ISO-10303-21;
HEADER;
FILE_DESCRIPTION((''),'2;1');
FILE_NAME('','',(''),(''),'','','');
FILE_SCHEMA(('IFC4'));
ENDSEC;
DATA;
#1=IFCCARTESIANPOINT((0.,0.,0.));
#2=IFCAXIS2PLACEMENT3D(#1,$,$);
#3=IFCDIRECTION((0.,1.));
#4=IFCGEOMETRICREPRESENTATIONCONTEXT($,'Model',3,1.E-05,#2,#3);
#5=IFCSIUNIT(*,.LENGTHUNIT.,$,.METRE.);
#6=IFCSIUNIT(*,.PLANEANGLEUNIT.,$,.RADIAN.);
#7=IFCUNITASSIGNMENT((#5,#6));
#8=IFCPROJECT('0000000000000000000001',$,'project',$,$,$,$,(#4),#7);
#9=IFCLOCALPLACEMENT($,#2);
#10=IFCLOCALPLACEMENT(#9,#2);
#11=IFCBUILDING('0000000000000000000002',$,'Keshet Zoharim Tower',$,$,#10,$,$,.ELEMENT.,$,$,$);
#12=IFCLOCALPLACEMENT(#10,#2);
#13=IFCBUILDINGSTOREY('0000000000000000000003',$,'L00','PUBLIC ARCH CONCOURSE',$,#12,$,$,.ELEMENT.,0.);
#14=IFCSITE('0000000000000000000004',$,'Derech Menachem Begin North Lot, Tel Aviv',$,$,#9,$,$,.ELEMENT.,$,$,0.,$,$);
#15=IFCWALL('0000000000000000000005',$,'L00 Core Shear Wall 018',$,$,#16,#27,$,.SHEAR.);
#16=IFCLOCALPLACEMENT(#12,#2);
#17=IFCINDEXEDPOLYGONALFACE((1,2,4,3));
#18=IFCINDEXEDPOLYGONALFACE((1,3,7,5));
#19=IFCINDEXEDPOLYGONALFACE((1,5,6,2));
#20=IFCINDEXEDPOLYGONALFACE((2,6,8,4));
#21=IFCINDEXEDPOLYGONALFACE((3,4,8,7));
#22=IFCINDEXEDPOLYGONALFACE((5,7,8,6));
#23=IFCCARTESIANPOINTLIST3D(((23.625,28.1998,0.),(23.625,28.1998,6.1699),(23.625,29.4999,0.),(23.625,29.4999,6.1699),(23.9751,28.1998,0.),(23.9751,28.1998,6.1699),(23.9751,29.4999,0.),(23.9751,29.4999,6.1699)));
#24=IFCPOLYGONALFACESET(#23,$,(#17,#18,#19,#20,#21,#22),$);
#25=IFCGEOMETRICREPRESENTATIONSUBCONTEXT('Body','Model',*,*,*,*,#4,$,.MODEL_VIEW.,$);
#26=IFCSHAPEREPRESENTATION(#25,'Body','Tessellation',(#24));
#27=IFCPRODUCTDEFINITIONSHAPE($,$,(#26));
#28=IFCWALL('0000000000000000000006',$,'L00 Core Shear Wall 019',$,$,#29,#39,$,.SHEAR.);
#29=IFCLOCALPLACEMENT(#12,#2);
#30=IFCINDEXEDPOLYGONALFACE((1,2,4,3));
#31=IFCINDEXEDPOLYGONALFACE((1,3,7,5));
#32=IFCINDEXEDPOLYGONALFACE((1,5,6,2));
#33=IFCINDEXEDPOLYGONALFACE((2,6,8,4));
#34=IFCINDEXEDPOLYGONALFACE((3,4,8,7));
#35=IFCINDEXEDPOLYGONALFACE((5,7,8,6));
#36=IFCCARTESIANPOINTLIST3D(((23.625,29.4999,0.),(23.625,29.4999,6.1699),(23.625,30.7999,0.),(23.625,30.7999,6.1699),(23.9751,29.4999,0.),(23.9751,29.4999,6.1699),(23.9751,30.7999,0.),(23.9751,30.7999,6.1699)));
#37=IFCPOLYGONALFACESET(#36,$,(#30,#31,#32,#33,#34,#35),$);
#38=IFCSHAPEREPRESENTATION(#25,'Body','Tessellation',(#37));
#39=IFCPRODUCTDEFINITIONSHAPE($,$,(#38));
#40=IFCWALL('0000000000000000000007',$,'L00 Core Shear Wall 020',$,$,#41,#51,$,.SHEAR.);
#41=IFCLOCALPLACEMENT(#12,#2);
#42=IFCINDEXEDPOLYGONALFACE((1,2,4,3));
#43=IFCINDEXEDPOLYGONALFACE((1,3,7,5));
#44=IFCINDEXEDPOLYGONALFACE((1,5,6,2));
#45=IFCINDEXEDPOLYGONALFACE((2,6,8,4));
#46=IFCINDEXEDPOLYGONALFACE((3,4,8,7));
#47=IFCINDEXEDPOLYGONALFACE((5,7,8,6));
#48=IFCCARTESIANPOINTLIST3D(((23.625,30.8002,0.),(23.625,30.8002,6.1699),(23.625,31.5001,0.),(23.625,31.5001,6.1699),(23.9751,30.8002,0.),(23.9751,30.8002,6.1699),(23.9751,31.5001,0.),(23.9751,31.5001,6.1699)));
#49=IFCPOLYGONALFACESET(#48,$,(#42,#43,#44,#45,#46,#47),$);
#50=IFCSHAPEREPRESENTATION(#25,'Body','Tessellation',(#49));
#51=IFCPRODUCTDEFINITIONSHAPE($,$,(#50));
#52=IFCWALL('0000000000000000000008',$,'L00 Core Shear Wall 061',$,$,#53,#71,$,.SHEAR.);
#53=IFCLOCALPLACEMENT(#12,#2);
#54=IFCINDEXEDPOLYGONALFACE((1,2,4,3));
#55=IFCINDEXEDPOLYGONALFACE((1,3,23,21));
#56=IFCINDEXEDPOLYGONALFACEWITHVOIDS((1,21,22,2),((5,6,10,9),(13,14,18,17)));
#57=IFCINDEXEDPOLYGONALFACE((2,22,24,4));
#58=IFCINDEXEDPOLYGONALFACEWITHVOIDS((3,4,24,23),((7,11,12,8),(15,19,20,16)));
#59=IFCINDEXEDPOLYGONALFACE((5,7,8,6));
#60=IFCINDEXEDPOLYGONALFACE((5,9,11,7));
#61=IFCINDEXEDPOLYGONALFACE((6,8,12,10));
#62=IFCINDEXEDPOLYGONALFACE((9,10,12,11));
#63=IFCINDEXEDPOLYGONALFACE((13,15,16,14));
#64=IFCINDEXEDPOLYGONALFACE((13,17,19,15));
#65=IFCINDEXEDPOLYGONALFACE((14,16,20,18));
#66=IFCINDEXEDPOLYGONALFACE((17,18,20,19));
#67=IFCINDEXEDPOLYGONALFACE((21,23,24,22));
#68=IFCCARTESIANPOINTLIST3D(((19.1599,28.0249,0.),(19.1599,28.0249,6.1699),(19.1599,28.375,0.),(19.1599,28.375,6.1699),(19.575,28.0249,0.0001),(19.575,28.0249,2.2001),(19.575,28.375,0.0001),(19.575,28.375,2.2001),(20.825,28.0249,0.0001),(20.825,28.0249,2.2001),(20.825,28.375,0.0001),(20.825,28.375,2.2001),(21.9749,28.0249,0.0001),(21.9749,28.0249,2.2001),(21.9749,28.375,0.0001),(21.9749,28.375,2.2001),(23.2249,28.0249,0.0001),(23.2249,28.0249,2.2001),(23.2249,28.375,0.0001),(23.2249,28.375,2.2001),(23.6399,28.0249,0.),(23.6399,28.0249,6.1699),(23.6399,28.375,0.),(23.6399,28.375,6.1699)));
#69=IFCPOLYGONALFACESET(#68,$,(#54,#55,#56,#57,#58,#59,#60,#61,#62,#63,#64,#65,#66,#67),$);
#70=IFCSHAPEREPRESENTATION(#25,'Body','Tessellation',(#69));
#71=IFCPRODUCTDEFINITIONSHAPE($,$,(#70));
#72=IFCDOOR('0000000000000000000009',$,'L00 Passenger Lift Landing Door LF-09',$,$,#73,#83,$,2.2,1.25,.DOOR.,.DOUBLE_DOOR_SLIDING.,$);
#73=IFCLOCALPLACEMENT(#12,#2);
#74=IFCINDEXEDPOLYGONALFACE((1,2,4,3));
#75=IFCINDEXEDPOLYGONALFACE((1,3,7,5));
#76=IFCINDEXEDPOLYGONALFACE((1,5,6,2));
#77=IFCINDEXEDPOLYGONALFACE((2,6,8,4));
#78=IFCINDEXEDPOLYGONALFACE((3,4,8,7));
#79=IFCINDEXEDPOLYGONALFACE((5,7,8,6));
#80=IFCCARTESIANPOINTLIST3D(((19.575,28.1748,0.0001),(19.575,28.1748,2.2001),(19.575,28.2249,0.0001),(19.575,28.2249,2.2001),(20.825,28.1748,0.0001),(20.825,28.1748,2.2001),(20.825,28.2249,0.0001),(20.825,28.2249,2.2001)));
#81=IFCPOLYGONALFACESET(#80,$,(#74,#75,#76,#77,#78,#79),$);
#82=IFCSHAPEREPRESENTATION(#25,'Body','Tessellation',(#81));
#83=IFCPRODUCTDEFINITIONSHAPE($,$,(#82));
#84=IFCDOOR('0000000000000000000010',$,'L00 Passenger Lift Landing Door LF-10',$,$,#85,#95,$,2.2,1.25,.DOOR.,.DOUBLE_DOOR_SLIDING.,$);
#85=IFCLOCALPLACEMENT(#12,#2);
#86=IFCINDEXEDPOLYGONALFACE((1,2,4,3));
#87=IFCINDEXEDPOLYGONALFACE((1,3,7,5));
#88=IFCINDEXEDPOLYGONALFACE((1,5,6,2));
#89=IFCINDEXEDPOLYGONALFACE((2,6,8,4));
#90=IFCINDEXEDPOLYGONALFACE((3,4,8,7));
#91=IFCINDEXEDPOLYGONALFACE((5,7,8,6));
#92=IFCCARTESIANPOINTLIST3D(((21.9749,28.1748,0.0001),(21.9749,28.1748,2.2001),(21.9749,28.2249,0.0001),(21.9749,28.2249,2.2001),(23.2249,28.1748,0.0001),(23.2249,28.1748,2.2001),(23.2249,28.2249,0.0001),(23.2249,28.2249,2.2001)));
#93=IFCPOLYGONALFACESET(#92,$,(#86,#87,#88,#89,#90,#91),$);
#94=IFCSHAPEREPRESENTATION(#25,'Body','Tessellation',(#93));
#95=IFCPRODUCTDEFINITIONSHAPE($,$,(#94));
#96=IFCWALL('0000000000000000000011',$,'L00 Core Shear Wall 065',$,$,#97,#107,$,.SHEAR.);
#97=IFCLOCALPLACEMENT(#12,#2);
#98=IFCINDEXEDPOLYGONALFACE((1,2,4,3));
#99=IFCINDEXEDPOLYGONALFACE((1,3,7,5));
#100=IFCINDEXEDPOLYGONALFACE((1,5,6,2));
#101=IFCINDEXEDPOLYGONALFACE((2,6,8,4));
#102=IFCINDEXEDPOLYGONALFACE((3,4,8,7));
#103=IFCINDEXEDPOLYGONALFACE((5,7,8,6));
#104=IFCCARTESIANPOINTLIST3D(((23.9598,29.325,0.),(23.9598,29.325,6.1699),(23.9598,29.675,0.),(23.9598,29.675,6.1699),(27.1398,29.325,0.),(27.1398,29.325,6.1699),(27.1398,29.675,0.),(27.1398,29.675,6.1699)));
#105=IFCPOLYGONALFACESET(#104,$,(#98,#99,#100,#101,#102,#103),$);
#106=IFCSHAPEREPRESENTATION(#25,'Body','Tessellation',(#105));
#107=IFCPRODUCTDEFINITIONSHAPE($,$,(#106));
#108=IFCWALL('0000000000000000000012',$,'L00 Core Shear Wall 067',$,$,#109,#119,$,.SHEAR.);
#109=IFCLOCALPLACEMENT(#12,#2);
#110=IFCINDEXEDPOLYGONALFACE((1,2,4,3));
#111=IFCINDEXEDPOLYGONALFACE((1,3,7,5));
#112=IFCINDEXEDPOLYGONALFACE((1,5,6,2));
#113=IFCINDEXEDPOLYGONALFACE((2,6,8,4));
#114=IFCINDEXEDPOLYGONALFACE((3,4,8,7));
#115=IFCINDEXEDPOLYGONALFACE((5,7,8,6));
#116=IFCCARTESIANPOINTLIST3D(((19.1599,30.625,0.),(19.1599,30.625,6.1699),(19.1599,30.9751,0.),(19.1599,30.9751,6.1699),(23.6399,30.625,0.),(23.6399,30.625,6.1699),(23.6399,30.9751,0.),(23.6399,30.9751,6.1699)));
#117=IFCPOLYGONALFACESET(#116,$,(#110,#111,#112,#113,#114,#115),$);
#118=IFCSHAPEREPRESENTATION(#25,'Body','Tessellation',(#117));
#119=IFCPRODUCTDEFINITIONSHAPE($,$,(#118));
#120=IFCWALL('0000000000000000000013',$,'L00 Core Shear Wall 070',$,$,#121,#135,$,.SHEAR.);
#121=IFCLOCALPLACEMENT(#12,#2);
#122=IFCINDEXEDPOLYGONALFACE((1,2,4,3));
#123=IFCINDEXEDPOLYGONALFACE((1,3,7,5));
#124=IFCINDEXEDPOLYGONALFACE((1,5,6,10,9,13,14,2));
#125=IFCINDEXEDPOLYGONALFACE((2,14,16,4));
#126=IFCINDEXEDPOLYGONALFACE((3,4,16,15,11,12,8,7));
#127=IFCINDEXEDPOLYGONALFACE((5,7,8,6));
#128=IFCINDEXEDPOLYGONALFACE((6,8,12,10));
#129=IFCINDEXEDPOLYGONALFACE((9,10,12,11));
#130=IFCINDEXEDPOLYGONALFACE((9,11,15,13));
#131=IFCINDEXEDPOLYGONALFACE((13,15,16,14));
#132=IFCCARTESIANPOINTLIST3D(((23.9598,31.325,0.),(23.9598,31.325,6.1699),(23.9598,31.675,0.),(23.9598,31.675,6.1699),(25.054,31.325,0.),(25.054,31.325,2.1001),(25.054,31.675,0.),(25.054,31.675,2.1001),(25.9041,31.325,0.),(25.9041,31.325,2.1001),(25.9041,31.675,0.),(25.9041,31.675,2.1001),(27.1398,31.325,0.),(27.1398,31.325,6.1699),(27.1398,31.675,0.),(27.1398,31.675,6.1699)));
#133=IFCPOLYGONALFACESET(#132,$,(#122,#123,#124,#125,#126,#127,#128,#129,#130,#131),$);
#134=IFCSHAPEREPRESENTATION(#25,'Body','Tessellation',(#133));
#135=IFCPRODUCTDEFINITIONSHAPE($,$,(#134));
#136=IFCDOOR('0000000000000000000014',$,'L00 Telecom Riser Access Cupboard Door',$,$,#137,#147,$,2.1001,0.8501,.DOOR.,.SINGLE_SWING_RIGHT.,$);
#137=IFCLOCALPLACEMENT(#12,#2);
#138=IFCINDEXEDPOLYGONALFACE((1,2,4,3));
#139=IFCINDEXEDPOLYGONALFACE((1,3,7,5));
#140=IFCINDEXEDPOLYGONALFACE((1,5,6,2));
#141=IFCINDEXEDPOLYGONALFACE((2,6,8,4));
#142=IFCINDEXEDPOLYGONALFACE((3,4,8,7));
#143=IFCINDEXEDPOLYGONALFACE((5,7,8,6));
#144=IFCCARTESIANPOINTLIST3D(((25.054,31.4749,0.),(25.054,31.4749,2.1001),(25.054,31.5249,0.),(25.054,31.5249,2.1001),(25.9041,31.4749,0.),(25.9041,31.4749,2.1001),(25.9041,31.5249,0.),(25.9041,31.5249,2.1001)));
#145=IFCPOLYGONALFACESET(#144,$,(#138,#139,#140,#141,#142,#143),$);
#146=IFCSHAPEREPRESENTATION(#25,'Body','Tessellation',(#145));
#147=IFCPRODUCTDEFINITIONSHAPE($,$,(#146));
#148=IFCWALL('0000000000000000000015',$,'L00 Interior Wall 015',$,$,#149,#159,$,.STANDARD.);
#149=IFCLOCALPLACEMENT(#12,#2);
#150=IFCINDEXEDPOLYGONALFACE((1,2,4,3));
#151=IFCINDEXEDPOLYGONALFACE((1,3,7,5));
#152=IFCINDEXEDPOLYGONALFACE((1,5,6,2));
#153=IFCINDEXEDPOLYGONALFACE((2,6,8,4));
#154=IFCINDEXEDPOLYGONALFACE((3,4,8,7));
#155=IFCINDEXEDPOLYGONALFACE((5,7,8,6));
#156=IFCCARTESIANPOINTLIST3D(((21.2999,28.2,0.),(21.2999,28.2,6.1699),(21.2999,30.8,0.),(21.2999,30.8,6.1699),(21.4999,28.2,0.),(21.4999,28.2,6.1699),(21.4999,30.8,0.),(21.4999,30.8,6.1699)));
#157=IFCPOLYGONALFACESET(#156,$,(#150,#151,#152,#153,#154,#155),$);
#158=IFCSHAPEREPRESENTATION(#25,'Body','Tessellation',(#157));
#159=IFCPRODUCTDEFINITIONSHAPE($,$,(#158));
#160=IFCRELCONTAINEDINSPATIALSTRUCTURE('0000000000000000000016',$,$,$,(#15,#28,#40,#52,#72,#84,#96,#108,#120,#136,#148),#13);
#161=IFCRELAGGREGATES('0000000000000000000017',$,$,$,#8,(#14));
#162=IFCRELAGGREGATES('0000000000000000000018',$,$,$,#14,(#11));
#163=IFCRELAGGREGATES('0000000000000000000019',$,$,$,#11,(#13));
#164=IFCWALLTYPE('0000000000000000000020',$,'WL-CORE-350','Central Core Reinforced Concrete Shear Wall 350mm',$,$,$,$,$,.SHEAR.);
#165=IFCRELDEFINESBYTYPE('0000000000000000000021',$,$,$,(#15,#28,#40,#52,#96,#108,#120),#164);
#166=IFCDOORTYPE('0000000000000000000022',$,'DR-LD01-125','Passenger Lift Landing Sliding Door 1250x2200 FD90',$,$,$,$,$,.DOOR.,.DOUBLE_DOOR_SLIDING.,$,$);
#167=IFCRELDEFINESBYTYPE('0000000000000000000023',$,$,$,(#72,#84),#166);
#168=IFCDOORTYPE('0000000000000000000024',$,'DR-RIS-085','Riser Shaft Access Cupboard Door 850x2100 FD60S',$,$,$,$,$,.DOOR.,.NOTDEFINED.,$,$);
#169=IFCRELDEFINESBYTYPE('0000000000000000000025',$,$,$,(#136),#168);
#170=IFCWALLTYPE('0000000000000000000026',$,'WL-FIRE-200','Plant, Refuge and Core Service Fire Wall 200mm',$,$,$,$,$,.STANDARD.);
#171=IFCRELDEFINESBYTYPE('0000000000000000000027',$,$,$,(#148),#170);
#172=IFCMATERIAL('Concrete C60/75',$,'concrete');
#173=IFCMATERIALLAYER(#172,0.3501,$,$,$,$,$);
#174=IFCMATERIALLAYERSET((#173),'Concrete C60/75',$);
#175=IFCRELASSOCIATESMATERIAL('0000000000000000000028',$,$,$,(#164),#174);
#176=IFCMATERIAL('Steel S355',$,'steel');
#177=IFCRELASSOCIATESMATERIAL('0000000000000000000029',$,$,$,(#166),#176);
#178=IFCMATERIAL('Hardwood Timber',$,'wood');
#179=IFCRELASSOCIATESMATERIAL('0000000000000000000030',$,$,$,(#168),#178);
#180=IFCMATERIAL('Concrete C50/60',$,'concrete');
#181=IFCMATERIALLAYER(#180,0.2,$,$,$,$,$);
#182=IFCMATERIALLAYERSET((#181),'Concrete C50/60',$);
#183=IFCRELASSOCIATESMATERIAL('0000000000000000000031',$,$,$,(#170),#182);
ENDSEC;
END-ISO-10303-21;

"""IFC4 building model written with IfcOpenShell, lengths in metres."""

from ifc_helpers import new_model, si_unit, direction, frame, frame_2d, origin, place, context, subcontext, project, spatial, rectangle, extrude, material, layer, layer_set, type_object, element, fill, save


model = new_model("IFC4")

# Units and contexts
model_context = context("Model", 3, precision=1e-05, world=origin(), true_north=direction((0.0, 1.0)))
body_context = subcontext(model_context, "Body", "Model", "MODEL_VIEW")
ifc_project = project(units=[si_unit("LENGTHUNIT", "METRE"), si_unit("PLANEANGLEUNIT", "RADIAN")], contexts=[model_context])

# Site, building, storey
site_placement = place(None, origin())
site = spatial("IfcSite", under=ifc_project, at=site_placement, Name="Derech Menachem Begin North Lot, Tel Aviv", CompositionType="ELEMENT", RefElevation=0.0)
building_placement = place(site_placement, origin())
building = spatial("IfcBuilding", under=site, at=building_placement, Name="Keshet Zoharim Tower", CompositionType="ELEMENT")
storey_placement = place(building_placement, origin())
storey = spatial("IfcBuildingStorey", under=building, at=storey_placement, Name="L00", Description="PUBLIC ARCH CONCOURSE", CompositionType="ELEMENT", Elevation=0.0)

# Walls
ifc_material_1 = material(Name="Concrete C60/75", Category="concrete")
ifc_layer_1 = layer(ifc_material_1, 0.3501)
ifc_layer_set_1 = layer_set([ifc_layer_1], Name="Concrete C60/75")
wall_type_1 = type_object("IfcWallType", Name="WL-CORE-350", Description="Central Core Reinforced Concrete Shear Wall 350mm", PredefinedType="SHEAR", material=ifc_layer_set_1)
for number, where, z_axis, x_axis, name in (
    (1, (23.8, 28.2, 0.0), (0.0, 0.0, 1.0), (0.0, 1.0, 0.0), "L00 Core Shear Wall 018"),
    (2, (23.8, 29.5, 0.0), (0.0, 0.0, 1.0), (0.0, 1.0, 0.0), "L00 Core Shear Wall 019"),
):
    element("IfcWall", number, at=place(storey_placement, frame(where, z_axis=z_axis, x_axis=x_axis)), inside=storey, type_object=wall_type_1, Name=name, PredefinedType="SHEAR", context=body_context, shape_type="SweptSolid", body=[
        extrude(rectangle(XDim=1.3, YDim=0.3501, at=frame_2d((0.6499, 0.0))), origin(), (0.0, 0.0, 1.0), 6.1699),
    ])
wall_1_placement = place(storey_placement, frame((23.8, 30.8, 0.0), z_axis=(0.0, 0.0, 1.0), x_axis=(0.0, 1.0, 0.0)))
element("IfcWall", 3, at=wall_1_placement, inside=storey, type_object=wall_type_1, Name="L00 Core Shear Wall 020", PredefinedType="SHEAR", context=body_context, shape_type="SweptSolid", body=[
    extrude(rectangle(XDim=0.7, YDim=0.3501, at=frame_2d((0.3501, 0.0))), origin(), (0.0, 0.0, 1.0), 6.1699),
])

# Shared definitions
ifc_material_2 = material(Name="Hardwood Timber", Category="wood")

# Wall, openings, doors
wall_2_placement = place(storey_placement, frame((19.1599, 28.2, 0.0), z_axis=(0.0, 0.0, 1.0), x_axis=(1.0, 0.0, 0.0)))
wall_2 = element("IfcWall", 4, at=wall_2_placement, inside=storey, type_object=wall_type_1, Name="L00 Core Shear Wall 061", PredefinedType="SHEAR", context=body_context, shape_type="SweptSolid", body=[
    extrude(rectangle(XDim=4.48, YDim=0.3501, at=frame_2d((2.24, 0.0))), origin(), (0.0, 0.0, 1.0), 6.1699),
])
opening_1_placement = place(wall_2_placement, frame((0.415, 0.0, 0.0)))
opening_1 = element("IfcOpeningElement", 5, at=opening_1_placement, cuts=wall_2, PredefinedType="OPENING", context=body_context, shape_type="SweptSolid", body=[
    extrude(rectangle(XDim=1.25, YDim=2.2, at=frame_2d((0.625, 1.1001))), frame((0.0, 0.1851, 0.0), z_axis=(0.0, -1.0, 0.0), x_axis=(1.0, 0.0, 0.0)), (0.0, 0.0, 1.0), 0.3701),
])
opening_2_placement = place(wall_2_placement, frame((2.8149, 0.0, 0.0)))
opening_2 = element("IfcOpeningElement", 6, at=opening_2_placement, cuts=wall_2, PredefinedType="OPENING", context=body_context, shape_type="SweptSolid", body=[
    extrude(rectangle(XDim=1.25, YDim=2.2, at=frame_2d((0.625, 1.1001))), frame((0.0, 0.1851, 0.0), z_axis=(0.0, -1.0, 0.0), x_axis=(1.0, 0.0, 0.0)), (0.0, 0.0, 1.0), 0.3701),
])
ifc_material_3 = material(Name="Steel S355", Category="steel")
door_type_1 = type_object("IfcDoorType", Name="DR-LD01-125", Description="Passenger Lift Landing Sliding Door 1250x2200 FD90", OperationType="DOUBLE_DOOR_SLIDING", PredefinedType="DOOR", material=ifc_material_3)
door_1_placement = place(opening_1_placement, origin())
door_1 = element("IfcDoor", 7, at=door_1_placement, inside=storey, type_object=door_type_1, Name="L00 Passenger Lift Landing Door LF-09", OperationType="DOUBLE_DOOR_SLIDING", OverallHeight=2.2, OverallWidth=1.25, PredefinedType="DOOR", context=body_context, shape_type="SweptSolid", body=[
    extrude(rectangle(XDim=1.25, YDim=2.2, at=frame_2d((0.625, 1.1001))), frame((0.0, 0.0249, 0.0), z_axis=(0.0, -1.0, 0.0), x_axis=(1.0, 0.0, 0.0)), (0.0, 0.0, 1.0), 0.05),
])
fill(opening_1, door_1)
door_2_placement = place(opening_2_placement, origin())
door_2 = element("IfcDoor", 8, at=door_2_placement, inside=storey, type_object=door_type_1, Name="L00 Passenger Lift Landing Door LF-10", OperationType="DOUBLE_DOOR_SLIDING", OverallHeight=2.2, OverallWidth=1.25, PredefinedType="DOOR", context=body_context, shape_type="SweptSolid", body=[
    extrude(rectangle(XDim=1.25, YDim=2.2, at=frame_2d((0.625, 1.1001))), frame((0.0, 0.0249, 0.0), z_axis=(0.0, -1.0, 0.0), x_axis=(1.0, 0.0, 0.0)), (0.0, 0.0, 1.0), 0.05),
])
fill(opening_2, door_2)

# Walls
wall_3_placement = place(storey_placement, frame((23.96, 29.5, 0.0), z_axis=(0.0, 0.0, 1.0), x_axis=(1.0, 0.0, 0.0)))
element("IfcWall", 9, at=wall_3_placement, inside=storey, type_object=wall_type_1, Name="L00 Core Shear Wall 065", PredefinedType="SHEAR", context=body_context, shape_type="SweptSolid", body=[
    extrude(rectangle(XDim=3.1799, YDim=0.3501, at=frame_2d((1.5898, 0.0))), origin(), (0.0, 0.0, 1.0), 6.1699),
])
wall_4_placement = place(storey_placement, frame((19.1599, 30.8, 0.0), z_axis=(0.0, 0.0, 1.0), x_axis=(1.0, 0.0, 0.0)))
element("IfcWall", 10, at=wall_4_placement, inside=storey, type_object=wall_type_1, Name="L00 Core Shear Wall 067", PredefinedType="SHEAR", context=body_context, shape_type="SweptSolid", body=[
    extrude(rectangle(XDim=4.48, YDim=0.3501, at=frame_2d((2.24, 0.0))), origin(), (0.0, 0.0, 1.0), 6.1699),
])

# Wall, opening, door
wall_5_placement = place(storey_placement, frame((23.96, 31.5, 0.0), z_axis=(0.0, 0.0, 1.0), x_axis=(1.0, 0.0, 0.0)))
wall_5 = element("IfcWall", 11, at=wall_5_placement, inside=storey, type_object=wall_type_1, Name="L00 Core Shear Wall 070", PredefinedType="SHEAR", context=body_context, shape_type="SweptSolid", body=[
    extrude(rectangle(XDim=3.1799, YDim=0.3501, at=frame_2d((1.5898, 0.0))), origin(), (0.0, 0.0, 1.0), 6.1699),
])
opening_3_placement = place(wall_5_placement, frame((1.094, 0.0, 0.0)))
opening_3 = element("IfcOpeningElement", 12, at=opening_3_placement, cuts=wall_5, PredefinedType="OPENING", context=body_context, shape_type="SweptSolid", body=[
    extrude(rectangle(XDim=0.8501, YDim=2.1001, at=frame_2d((0.425, 1.05))), frame((0.0, 0.1851, 0.0), z_axis=(0.0, -1.0, 0.0), x_axis=(1.0, 0.0, 0.0)), (0.0, 0.0, 1.0), 0.3701),
])
door_type_2 = type_object("IfcDoorType", Name="DR-RIS-085", Description="Riser Shaft Access Cupboard Door 850x2100 FD60S", OperationType="NOTDEFINED", PredefinedType="DOOR", material=ifc_material_2)
door_3_placement = place(opening_3_placement, origin())
door_3 = element("IfcDoor", 13, at=door_3_placement, inside=storey, type_object=door_type_2, Name="L00 Telecom Riser Access Cupboard Door", OperationType="SINGLE_SWING_RIGHT", OverallHeight=2.1001, OverallWidth=0.8501, PredefinedType="DOOR", context=body_context, shape_type="SweptSolid", body=[
    extrude(rectangle(XDim=0.8501, YDim=2.1001, at=frame_2d((0.425, 1.05))), frame((0.0, 0.0249, 0.0), z_axis=(0.0, -1.0, 0.0), x_axis=(1.0, 0.0, 0.0)), (0.0, 0.0, 1.0), 0.05),
])
fill(opening_3, door_3)

# Wall
ifc_material_4 = material(Name="Concrete C50/60", Category="concrete")
ifc_layer_2 = layer(ifc_material_4, 0.2)
ifc_layer_set_2 = layer_set([ifc_layer_2], Name="Concrete C50/60")
wall_type_2 = type_object("IfcWallType", Name="WL-FIRE-200", Description="Plant, Refuge and Core Service Fire Wall 200mm", PredefinedType="STANDARD", material=ifc_layer_set_2)
wall_6_placement = place(storey_placement, frame((21.3999, 28.2, 0.0), z_axis=(0.0, 0.0, 1.0), x_axis=(0.0, 1.0, 0.0)))
element("IfcWall", 14, at=wall_6_placement, inside=storey, type_object=wall_type_2, Name="L00 Interior Wall 015", PredefinedType="STANDARD", context=body_context, shape_type="SweptSolid", body=[
    extrude(rectangle(XDim=2.6001, YDim=0.2, at=frame_2d((1.3, 0.0))), origin(), (0.0, 0.0, 1.0), 6.1699),
])

save(model, "model.ifc")
